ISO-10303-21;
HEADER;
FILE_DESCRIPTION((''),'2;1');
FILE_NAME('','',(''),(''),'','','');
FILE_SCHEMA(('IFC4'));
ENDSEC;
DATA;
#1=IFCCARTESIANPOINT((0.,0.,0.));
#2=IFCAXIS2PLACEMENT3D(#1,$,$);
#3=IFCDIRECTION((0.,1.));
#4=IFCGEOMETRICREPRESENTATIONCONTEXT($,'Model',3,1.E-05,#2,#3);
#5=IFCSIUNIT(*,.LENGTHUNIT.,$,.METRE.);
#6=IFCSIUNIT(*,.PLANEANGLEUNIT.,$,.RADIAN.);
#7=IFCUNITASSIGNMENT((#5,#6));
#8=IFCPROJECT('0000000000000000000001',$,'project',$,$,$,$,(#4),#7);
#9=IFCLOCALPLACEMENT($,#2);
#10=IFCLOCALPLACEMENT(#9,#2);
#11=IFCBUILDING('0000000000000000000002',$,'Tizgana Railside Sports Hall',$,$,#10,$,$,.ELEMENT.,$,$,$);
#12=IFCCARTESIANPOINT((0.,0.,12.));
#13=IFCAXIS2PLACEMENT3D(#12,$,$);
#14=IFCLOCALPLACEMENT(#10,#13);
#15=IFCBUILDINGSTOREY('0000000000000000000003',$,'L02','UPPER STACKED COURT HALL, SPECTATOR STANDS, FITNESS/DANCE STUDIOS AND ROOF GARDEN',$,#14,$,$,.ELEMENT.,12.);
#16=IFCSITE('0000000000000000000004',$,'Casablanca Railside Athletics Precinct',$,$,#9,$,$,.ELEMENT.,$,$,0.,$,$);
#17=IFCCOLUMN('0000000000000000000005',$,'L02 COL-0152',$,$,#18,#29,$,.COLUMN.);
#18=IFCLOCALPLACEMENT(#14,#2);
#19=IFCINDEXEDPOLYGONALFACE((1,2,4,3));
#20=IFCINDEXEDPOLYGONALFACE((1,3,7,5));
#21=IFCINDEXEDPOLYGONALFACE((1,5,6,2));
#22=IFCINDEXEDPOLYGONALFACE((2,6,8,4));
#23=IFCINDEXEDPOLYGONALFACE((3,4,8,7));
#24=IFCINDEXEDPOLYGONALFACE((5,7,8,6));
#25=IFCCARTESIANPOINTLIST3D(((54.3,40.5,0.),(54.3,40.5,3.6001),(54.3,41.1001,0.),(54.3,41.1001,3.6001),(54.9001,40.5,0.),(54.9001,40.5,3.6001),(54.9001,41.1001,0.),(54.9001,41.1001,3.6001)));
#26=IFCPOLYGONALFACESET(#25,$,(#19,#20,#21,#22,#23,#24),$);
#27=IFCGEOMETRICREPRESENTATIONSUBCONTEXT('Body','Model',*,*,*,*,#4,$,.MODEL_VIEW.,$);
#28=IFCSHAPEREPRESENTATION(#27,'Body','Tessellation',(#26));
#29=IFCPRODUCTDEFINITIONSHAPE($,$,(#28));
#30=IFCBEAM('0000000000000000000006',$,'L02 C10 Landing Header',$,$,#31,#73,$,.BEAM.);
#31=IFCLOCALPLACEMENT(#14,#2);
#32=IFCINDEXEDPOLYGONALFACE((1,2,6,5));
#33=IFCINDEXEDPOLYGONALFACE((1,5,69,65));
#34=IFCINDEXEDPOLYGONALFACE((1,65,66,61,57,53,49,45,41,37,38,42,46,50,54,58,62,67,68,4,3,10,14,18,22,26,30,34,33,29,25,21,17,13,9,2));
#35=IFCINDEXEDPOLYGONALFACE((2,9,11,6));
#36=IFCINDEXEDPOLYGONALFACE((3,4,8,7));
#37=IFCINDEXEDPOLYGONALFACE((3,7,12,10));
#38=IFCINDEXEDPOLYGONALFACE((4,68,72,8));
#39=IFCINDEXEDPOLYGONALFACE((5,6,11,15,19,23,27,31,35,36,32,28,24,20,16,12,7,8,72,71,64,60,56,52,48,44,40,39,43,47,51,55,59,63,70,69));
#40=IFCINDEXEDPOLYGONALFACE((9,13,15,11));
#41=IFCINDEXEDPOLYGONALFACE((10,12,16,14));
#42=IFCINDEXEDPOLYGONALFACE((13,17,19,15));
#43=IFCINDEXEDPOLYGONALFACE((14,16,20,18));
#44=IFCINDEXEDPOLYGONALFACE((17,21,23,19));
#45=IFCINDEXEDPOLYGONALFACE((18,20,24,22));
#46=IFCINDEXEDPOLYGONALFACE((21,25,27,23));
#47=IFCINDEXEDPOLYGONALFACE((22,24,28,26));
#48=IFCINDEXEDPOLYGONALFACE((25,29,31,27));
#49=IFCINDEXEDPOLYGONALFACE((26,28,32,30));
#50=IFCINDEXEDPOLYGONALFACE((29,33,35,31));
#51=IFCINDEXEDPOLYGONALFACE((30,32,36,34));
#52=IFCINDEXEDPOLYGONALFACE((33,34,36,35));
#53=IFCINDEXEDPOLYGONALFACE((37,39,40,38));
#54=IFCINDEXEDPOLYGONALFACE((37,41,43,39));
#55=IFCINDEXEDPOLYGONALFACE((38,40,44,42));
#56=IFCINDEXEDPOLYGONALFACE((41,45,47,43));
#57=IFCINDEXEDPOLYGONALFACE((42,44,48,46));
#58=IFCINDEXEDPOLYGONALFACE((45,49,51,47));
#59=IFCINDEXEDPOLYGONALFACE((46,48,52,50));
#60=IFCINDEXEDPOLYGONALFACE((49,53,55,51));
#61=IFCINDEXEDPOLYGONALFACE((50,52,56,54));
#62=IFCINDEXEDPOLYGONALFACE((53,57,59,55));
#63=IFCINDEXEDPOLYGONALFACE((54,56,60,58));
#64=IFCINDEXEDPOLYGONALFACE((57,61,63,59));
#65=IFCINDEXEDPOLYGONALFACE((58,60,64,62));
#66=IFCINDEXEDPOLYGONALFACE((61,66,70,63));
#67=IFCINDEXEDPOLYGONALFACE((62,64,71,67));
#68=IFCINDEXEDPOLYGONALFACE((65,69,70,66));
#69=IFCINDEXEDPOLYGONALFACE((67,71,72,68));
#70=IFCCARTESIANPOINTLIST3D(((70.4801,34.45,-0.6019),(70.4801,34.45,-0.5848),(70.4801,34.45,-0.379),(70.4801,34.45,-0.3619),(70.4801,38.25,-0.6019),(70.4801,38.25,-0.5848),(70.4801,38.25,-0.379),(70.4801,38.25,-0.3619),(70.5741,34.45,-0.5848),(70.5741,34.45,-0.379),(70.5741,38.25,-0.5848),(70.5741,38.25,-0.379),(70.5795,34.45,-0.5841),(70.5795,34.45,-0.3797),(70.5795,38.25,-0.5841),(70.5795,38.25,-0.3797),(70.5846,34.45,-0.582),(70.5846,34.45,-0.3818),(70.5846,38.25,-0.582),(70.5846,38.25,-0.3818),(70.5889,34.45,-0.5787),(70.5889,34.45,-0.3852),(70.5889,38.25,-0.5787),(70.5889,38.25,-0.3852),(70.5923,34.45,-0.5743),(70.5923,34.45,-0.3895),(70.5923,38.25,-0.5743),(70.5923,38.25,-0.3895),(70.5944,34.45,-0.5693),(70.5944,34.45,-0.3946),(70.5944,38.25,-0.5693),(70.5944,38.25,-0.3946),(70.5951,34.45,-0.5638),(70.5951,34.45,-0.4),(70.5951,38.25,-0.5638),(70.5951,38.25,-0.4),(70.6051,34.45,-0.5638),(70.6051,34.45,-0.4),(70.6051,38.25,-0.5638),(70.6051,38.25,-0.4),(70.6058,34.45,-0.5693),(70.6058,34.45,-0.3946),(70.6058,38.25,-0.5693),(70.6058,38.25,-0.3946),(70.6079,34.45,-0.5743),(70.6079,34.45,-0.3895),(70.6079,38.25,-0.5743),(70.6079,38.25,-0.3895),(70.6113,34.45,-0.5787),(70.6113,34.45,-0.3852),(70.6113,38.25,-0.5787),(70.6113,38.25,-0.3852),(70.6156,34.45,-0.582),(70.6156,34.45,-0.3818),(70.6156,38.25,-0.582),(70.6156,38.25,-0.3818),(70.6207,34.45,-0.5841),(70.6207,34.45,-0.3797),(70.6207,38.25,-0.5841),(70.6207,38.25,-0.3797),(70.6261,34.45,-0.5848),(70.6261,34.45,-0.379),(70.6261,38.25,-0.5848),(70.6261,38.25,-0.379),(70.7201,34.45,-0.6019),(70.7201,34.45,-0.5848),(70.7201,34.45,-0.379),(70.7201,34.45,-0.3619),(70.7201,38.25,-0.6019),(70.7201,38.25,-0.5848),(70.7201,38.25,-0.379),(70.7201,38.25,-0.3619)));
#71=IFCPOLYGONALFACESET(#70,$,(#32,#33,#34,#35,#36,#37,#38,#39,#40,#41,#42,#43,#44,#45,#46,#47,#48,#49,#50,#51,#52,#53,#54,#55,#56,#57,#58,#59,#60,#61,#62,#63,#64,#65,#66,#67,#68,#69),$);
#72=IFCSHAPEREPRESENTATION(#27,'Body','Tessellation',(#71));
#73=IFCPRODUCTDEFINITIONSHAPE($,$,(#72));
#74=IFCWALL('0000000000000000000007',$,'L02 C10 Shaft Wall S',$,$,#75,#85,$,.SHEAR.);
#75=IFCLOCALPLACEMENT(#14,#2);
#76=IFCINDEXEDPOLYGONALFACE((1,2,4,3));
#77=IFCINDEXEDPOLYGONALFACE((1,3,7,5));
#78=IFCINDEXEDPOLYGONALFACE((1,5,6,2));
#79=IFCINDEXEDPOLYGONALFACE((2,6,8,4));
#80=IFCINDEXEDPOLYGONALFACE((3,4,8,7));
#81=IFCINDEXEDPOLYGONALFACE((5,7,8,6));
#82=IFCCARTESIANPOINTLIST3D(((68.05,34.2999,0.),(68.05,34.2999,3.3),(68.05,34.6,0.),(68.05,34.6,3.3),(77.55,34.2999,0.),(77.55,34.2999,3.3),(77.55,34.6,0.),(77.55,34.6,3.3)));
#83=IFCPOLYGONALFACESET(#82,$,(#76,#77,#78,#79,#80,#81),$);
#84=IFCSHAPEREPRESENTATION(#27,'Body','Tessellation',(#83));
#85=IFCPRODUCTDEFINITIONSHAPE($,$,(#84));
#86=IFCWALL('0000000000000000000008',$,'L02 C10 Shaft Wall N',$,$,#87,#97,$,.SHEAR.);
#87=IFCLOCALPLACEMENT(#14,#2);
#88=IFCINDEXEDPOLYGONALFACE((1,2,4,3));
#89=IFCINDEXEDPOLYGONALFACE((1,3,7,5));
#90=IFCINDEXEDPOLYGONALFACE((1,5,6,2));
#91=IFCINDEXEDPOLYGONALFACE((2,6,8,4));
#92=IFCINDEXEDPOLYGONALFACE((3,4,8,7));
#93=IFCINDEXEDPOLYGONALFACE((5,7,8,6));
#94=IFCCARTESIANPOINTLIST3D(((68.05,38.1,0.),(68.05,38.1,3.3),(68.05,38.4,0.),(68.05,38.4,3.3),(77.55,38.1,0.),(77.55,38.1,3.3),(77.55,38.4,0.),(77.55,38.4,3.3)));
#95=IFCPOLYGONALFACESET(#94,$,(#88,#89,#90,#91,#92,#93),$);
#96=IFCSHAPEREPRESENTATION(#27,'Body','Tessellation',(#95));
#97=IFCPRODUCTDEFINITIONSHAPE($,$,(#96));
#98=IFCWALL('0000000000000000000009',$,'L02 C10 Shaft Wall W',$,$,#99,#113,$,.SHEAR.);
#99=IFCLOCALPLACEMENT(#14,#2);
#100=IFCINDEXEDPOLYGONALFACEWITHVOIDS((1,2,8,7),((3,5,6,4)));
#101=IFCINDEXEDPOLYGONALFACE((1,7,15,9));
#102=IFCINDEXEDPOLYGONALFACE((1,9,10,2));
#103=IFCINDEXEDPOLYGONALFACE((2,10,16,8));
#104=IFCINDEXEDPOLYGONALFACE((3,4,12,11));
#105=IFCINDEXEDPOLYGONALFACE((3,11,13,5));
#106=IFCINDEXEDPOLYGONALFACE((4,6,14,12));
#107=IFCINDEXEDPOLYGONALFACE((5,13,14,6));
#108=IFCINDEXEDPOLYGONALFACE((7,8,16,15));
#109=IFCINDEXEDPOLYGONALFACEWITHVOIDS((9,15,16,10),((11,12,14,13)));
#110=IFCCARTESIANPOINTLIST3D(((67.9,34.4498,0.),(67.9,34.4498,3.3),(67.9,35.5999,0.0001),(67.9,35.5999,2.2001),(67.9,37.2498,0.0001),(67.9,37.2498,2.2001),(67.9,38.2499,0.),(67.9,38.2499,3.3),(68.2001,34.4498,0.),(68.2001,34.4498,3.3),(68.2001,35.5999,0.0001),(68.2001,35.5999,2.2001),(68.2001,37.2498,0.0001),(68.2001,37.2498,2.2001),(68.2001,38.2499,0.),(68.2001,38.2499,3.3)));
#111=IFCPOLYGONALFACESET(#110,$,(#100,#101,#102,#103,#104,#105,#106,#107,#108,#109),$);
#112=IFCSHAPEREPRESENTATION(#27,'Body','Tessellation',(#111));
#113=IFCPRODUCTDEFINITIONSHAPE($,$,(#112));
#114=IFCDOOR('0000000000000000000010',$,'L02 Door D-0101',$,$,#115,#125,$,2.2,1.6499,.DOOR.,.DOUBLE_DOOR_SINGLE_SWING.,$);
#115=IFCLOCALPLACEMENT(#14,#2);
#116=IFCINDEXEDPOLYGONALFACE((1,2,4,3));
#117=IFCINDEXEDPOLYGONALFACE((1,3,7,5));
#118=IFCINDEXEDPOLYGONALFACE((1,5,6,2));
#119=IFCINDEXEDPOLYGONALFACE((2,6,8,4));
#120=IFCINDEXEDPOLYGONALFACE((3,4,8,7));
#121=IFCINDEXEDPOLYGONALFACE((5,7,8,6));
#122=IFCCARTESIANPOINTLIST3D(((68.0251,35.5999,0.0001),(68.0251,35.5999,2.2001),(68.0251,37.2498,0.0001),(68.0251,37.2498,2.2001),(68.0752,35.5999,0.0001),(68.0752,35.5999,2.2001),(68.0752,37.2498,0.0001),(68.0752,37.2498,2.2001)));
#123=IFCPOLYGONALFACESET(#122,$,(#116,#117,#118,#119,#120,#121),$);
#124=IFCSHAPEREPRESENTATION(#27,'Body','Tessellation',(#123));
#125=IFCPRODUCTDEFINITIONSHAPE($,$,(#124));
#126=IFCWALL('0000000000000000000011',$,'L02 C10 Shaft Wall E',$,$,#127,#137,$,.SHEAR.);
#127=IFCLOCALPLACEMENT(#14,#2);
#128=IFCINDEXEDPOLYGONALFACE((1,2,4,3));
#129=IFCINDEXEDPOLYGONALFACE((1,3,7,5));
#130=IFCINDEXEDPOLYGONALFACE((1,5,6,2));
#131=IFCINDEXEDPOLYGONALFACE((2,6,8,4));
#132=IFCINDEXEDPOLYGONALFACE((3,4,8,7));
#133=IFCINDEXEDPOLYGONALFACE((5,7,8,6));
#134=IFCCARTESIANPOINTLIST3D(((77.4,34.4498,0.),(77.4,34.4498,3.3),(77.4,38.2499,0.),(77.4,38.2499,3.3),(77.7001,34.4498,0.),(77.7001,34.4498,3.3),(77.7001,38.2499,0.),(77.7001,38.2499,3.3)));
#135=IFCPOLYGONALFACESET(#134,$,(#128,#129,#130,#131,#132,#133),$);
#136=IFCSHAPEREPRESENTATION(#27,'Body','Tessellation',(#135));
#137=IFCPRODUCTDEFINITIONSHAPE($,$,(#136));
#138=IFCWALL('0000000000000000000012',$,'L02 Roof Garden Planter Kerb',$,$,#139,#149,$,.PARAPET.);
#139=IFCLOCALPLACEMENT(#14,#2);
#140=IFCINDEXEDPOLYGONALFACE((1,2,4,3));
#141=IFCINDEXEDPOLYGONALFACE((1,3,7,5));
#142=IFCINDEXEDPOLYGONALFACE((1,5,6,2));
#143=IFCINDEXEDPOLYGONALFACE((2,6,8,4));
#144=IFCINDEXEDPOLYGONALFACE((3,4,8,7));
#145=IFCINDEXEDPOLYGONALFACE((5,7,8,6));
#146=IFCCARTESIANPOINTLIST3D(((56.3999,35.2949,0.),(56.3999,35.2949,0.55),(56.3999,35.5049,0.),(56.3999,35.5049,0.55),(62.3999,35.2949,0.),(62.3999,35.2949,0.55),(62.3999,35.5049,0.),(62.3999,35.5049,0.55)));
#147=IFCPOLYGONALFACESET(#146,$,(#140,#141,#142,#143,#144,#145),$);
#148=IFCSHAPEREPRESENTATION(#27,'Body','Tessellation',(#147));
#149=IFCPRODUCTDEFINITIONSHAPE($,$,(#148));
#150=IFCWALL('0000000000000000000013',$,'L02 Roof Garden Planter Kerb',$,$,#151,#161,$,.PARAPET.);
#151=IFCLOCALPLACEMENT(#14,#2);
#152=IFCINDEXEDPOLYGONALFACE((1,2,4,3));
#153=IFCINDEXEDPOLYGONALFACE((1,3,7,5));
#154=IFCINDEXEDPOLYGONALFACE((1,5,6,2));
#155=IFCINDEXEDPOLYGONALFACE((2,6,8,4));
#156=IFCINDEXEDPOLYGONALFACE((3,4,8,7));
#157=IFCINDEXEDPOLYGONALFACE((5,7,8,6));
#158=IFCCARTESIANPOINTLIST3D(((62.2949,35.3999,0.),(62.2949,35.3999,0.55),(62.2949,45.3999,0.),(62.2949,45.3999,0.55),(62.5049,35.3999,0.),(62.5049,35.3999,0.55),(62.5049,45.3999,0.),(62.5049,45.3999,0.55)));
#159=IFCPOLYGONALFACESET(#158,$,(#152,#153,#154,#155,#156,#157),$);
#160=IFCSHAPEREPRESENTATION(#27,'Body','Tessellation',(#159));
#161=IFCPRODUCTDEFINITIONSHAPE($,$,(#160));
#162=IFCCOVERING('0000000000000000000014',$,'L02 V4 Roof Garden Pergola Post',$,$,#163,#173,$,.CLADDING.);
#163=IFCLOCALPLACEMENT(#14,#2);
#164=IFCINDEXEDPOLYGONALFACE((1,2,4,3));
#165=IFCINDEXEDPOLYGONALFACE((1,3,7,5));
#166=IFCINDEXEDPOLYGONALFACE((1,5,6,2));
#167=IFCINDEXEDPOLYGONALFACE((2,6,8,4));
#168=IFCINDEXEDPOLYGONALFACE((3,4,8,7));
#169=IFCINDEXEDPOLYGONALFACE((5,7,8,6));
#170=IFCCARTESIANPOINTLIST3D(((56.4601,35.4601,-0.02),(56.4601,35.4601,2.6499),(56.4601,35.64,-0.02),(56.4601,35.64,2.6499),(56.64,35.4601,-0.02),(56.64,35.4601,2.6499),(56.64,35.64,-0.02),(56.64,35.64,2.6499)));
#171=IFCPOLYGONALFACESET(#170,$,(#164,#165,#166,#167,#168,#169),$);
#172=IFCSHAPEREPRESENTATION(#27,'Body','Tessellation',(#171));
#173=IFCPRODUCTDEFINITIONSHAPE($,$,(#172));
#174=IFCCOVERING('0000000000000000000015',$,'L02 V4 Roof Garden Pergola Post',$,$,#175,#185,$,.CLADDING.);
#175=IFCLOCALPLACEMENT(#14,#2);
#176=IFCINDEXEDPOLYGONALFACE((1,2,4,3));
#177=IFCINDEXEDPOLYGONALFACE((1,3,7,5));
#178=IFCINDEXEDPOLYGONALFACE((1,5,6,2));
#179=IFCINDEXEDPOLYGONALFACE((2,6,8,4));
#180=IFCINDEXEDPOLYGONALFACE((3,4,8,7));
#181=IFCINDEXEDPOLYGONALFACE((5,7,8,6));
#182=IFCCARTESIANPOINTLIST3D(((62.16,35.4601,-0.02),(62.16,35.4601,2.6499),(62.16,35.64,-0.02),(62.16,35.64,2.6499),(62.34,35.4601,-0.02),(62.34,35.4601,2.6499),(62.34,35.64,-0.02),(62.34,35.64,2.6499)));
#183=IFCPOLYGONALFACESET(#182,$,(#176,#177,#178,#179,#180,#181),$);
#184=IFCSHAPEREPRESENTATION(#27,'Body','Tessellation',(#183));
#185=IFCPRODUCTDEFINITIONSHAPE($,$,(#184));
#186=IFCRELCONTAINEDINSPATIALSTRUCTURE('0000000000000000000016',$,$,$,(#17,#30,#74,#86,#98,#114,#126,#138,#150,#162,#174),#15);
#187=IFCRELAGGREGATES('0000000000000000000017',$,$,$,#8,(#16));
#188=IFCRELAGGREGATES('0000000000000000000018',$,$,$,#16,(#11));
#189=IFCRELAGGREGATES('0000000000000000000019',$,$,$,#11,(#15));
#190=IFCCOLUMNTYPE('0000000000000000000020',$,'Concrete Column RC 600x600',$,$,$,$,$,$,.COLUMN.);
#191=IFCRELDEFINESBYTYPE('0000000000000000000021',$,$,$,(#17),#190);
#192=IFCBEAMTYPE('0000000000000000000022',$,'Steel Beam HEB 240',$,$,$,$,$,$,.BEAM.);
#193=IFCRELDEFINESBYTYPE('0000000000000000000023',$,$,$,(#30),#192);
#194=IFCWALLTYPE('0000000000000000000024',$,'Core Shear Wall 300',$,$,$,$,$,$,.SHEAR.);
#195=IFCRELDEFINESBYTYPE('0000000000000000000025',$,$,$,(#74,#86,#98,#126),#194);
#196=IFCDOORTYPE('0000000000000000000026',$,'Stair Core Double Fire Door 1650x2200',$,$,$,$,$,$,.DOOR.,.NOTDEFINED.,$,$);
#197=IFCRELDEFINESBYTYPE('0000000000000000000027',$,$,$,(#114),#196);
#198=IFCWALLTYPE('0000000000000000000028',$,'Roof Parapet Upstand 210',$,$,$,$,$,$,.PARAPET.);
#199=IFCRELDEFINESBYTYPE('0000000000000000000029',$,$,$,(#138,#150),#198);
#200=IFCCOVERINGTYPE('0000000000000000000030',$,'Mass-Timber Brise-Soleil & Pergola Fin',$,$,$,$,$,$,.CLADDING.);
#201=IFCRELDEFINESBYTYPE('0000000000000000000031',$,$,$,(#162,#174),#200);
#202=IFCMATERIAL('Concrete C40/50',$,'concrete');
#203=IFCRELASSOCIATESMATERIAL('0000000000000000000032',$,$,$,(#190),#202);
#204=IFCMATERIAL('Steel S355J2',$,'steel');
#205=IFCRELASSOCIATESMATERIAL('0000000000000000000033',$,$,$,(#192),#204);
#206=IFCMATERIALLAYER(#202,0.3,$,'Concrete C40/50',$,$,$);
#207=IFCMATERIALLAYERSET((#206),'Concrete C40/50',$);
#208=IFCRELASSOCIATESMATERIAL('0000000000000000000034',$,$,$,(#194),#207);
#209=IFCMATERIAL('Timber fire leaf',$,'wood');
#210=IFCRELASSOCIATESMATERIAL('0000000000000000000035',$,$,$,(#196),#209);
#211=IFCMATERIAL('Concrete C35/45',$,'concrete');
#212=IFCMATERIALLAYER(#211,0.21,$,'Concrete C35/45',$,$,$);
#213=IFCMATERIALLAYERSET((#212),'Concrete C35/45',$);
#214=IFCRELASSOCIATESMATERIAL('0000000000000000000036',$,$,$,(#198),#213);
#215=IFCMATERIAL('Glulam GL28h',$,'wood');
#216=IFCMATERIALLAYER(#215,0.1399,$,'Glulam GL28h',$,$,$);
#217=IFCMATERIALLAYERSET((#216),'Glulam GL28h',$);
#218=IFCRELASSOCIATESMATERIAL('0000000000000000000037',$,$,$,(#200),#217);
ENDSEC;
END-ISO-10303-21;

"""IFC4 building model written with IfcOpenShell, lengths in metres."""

from ifc_helpers import new_model, si_unit, direction, frame, frame_2d, origin, origin_2d, place, context, subcontext, project, spatial, rectangle, i_section, extrude, material, layer, layer_set, material_profile, profile_set, type_object, element, fill, save


model = new_model("IFC4")

# Units and contexts
model_context = context("Model", 3, precision=1e-05, world=origin(), true_north=direction((0.0, 1.0)))
body_context = subcontext(model_context, "Body", "Model", "MODEL_VIEW")
ifc_project = project(units=[si_unit("LENGTHUNIT", "METRE"), si_unit("PLANEANGLEUNIT", "RADIAN")], contexts=[model_context])

# Site, building, storey
site_placement = place(None, origin())
site = spatial("IfcSite", under=ifc_project, at=site_placement, Name="Casablanca Railside Athletics Precinct", CompositionType="ELEMENT", RefElevation=0.0)
building_placement = place(site_placement, origin())
building = spatial("IfcBuilding", under=site, at=building_placement, Name="Tizgana Railside Sports Hall", CompositionType="ELEMENT")
storey_placement = place(building_placement, frame((0.0, 0.0, 12.0)))
storey = spatial("IfcBuildingStorey", under=building, at=storey_placement, Name="L02", Description="UPPER STACKED COURT HALL, SPECTATOR STANDS, FITNESS/DANCE STUDIOS AND ROOF GARDEN", CompositionType="ELEMENT", Elevation=12.0)

# Column
ifc_material_1 = material(Name="Concrete C40/50", Category="concrete")
ifc_material_profile_1 = material_profile(ifc_material_1, rectangle(XDim=0.6001, YDim=0.6001, at=origin_2d()), Name="RC 600x600")
ifc_profile_set_1 = profile_set([ifc_material_profile_1], Name="Concrete C40/50")
column_type = type_object("IfcColumnType", Name="Concrete Column RC 600x600", PredefinedType="COLUMN", material=ifc_profile_set_1)
column_placement = place(storey_placement, frame((54.6001, 40.8, 0.0), z_axis=(0.0, 0.0, 1.0), x_axis=(1.0, 0.0, 0.0)))
element("IfcColumn", 1, at=column_placement, inside=storey, type_object=column_type, Name="L02 COL-0152", PredefinedType="COLUMN", context=body_context, shape_type="SweptSolid", body=[
    extrude(rectangle(XDim=0.6001, YDim=0.6001, at=origin_2d()), origin(), (0.0, 0.0, 1.0), 3.6001),
])

# Beam
ifc_material_2 = material(Name="Steel S355J2", Category="steel")
ifc_material_profile_2 = material_profile(ifc_material_2, i_section(OverallWidth=0.24, OverallDepth=0.24, WebThickness=0.01, FlangeThickness=0.0171, FilletRadius=0.021, at=origin_2d()), Name="HEB 240")
ifc_profile_set_2 = profile_set([ifc_material_profile_2], Name="Steel S355J2")
beam_type = type_object("IfcBeamType", Name="Steel Beam HEB 240", PredefinedType="BEAM", material=ifc_profile_set_2)
beam_placement = place(storey_placement, frame((70.6001, 34.45, -0.4819), z_axis=(0.0, 1.0, 0.0), x_axis=(-1.0, 0.0, 0.0)))
element("IfcBeam", 2, at=beam_placement, inside=storey, type_object=beam_type, Name="L02 C10 Landing Header", PredefinedType="BEAM", context=body_context, shape_type="SweptSolid", body=[
    extrude(i_section(OverallWidth=0.24, OverallDepth=0.24, WebThickness=0.01, FlangeThickness=0.0171, FilletRadius=0.021, at=origin_2d()), origin(), (0.0, 0.0, 1.0), 3.8),
])

# Walls
ifc_layer_1 = layer(ifc_material_1, 0.3, Name="Concrete C40/50")
ifc_layer_set_1 = layer_set([ifc_layer_1], Name="Concrete C40/50")
wall_type_1 = type_object("IfcWallType", Name="Core Shear Wall 300", PredefinedType="SHEAR", material=ifc_layer_set_1)
for number, where, z_axis, x_axis, name in (
    (3, (77.55, 34.45, 0.0), (0.0, 0.0, 1.0), (-1.0, 0.0, 0.0), "L02 C10 Shaft Wall S"),
    (4, (68.05, 38.25, 0.0), (0.0, 0.0, 1.0), (1.0, 0.0, 0.0), "L02 C10 Shaft Wall N"),
):
    element("IfcWall", number, at=place(storey_placement, frame(where, z_axis=z_axis, x_axis=x_axis)), inside=storey, type_object=wall_type_1, Name=name, PredefinedType="SHEAR", context=body_context, shape_type="SweptSolid", body=[
        extrude(rectangle(XDim=9.5, YDim=0.3, at=frame_2d((4.75, 0.0))), origin(), (0.0, 0.0, 1.0), 3.3),
    ])

# Wall, opening, door
wall_1_placement = place(storey_placement, frame((68.05, 34.45, 0.0), z_axis=(0.0, 0.0, 1.0), x_axis=(0.0, 1.0, 0.0)))
wall_1 = element("IfcWall", 5, at=wall_1_placement, inside=storey, type_object=wall_type_1, Name="L02 C10 Shaft Wall W", PredefinedType="SHEAR", context=body_context, shape_type="SweptSolid", body=[
    extrude(rectangle(XDim=3.8, YDim=0.3, at=frame_2d((1.8999, 0.0))), origin(), (0.0, 0.0, 1.0), 3.3),
])
opening_placement = place(wall_1_placement, frame((1.1499, 0.0, 0.0)))
opening = element("IfcOpeningElement", 6, at=opening_placement, cuts=wall_1, PredefinedType="OPENING", context=body_context, shape_type="SweptSolid", body=[
    extrude(rectangle(XDim=1.6499, YDim=2.2, at=frame_2d((0.825, 1.1001))), frame((0.0, 0.1599, 0.0), z_axis=(0.0, -1.0, 0.0), x_axis=(1.0, 0.0, 0.0)), (0.0, 0.0, 1.0), 0.3201),
])
ifc_material_3 = material(Name="Timber fire leaf", Category="wood")
door_type = type_object("IfcDoorType", Name="Stair Core Double Fire Door 1650x2200", OperationType="NOTDEFINED", PredefinedType="DOOR", material=ifc_material_3)
door_placement = place(opening_placement, origin())
door = element("IfcDoor", 7, at=door_placement, inside=storey, type_object=door_type, Name="L02 Door D-0101", OperationType="DOUBLE_DOOR_SINGLE_SWING", OverallHeight=2.2, OverallWidth=1.6499, PredefinedType="DOOR", context=body_context, shape_type="SweptSolid", body=[
    extrude(rectangle(XDim=1.6499, YDim=2.2, at=frame_2d((0.825, 1.1001))), frame((0.0, 0.0249, 0.0), z_axis=(0.0, -1.0, 0.0), x_axis=(1.0, 0.0, 0.0)), (0.0, 0.0, 1.0), 0.05),
])
fill(opening, door)

# Walls
wall_2_placement = place(storey_placement, frame((77.55, 34.45, 0.0), z_axis=(0.0, 0.0, 1.0), x_axis=(0.0, 1.0, 0.0)))
element("IfcWall", 8, at=wall_2_placement, inside=storey, type_object=wall_type_1, Name="L02 C10 Shaft Wall E", PredefinedType="SHEAR", context=body_context, shape_type="SweptSolid", body=[
    extrude(rectangle(XDim=3.8, YDim=0.3, at=frame_2d((1.8999, 0.0))), origin(), (0.0, 0.0, 1.0), 3.3),
])
ifc_material_4 = material(Name="Concrete C35/45", Category="concrete")
ifc_layer_2 = layer(ifc_material_4, 0.21, Name="Concrete C35/45")
ifc_layer_set_2 = layer_set([ifc_layer_2], Name="Concrete C35/45")
wall_type_2 = type_object("IfcWallType", Name="Roof Parapet Upstand 210", PredefinedType="PARAPET", material=ifc_layer_set_2)
wall_3_placement = place(storey_placement, frame((56.3999, 35.3999, 0.0), z_axis=(0.0, 0.0, 1.0), x_axis=(1.0, 0.0, 0.0)))
element("IfcWall", 9, at=wall_3_placement, inside=storey, type_object=wall_type_2, Name="L02 Roof Garden Planter Kerb", PredefinedType="PARAPET", context=body_context, shape_type="SweptSolid", body=[
    extrude(rectangle(XDim=6.0, YDim=0.21, at=frame_2d((3.0, 0.0))), origin(), (0.0, 0.0, 1.0), 0.55),
])
wall_4_placement = place(storey_placement, frame((62.3999, 35.3999, 0.0), z_axis=(0.0, 0.0, 1.0), x_axis=(0.0, 1.0, 0.0)))
element("IfcWall", 10, at=wall_4_placement, inside=storey, type_object=wall_type_2, Name="L02 Roof Garden Planter Kerb", PredefinedType="PARAPET", context=body_context, shape_type="SweptSolid", body=[
    extrude(rectangle(XDim=10.0, YDim=0.21, at=frame_2d((5.0, 0.0))), origin(), (0.0, 0.0, 1.0), 0.55),
])

# Coverings
ifc_material_5 = material(Name="Glulam GL28h", Category="wood")
ifc_layer_3 = layer(ifc_material_5, 0.1399, Name="Glulam GL28h")
ifc_layer_set_3 = layer_set([ifc_layer_3], Name="Glulam GL28h")
covering_type = type_object("IfcCoveringType", Name="Mass-Timber Brise-Soleil & Pergola Fin", PredefinedType="CLADDING", material=ifc_layer_set_3)
for number, where, z_axis, x_axis, name in (
    (11, (56.55, 35.55, -0.02), (0.0, 0.0, 1.0), (1.0, 0.0, 0.0), "L02 V4 Roof Garden Pergola Post"),
    (12, (62.25, 35.55, -0.02), (0.0, 0.0, 1.0), (1.0, 0.0, 0.0), "L02 V4 Roof Garden Pergola Post"),
):
    element("IfcCovering", number, at=place(storey_placement, frame(where, z_axis=z_axis, x_axis=x_axis)), inside=storey, type_object=covering_type, Name=name, PredefinedType="CLADDING", context=body_context, shape_type="SweptSolid", body=[
        extrude(rectangle(XDim=0.1799, YDim=0.1799, at=origin_2d()), origin(), (0.0, 0.0, 1.0), 2.6699),
    ])

save(model, "model.ifc")
